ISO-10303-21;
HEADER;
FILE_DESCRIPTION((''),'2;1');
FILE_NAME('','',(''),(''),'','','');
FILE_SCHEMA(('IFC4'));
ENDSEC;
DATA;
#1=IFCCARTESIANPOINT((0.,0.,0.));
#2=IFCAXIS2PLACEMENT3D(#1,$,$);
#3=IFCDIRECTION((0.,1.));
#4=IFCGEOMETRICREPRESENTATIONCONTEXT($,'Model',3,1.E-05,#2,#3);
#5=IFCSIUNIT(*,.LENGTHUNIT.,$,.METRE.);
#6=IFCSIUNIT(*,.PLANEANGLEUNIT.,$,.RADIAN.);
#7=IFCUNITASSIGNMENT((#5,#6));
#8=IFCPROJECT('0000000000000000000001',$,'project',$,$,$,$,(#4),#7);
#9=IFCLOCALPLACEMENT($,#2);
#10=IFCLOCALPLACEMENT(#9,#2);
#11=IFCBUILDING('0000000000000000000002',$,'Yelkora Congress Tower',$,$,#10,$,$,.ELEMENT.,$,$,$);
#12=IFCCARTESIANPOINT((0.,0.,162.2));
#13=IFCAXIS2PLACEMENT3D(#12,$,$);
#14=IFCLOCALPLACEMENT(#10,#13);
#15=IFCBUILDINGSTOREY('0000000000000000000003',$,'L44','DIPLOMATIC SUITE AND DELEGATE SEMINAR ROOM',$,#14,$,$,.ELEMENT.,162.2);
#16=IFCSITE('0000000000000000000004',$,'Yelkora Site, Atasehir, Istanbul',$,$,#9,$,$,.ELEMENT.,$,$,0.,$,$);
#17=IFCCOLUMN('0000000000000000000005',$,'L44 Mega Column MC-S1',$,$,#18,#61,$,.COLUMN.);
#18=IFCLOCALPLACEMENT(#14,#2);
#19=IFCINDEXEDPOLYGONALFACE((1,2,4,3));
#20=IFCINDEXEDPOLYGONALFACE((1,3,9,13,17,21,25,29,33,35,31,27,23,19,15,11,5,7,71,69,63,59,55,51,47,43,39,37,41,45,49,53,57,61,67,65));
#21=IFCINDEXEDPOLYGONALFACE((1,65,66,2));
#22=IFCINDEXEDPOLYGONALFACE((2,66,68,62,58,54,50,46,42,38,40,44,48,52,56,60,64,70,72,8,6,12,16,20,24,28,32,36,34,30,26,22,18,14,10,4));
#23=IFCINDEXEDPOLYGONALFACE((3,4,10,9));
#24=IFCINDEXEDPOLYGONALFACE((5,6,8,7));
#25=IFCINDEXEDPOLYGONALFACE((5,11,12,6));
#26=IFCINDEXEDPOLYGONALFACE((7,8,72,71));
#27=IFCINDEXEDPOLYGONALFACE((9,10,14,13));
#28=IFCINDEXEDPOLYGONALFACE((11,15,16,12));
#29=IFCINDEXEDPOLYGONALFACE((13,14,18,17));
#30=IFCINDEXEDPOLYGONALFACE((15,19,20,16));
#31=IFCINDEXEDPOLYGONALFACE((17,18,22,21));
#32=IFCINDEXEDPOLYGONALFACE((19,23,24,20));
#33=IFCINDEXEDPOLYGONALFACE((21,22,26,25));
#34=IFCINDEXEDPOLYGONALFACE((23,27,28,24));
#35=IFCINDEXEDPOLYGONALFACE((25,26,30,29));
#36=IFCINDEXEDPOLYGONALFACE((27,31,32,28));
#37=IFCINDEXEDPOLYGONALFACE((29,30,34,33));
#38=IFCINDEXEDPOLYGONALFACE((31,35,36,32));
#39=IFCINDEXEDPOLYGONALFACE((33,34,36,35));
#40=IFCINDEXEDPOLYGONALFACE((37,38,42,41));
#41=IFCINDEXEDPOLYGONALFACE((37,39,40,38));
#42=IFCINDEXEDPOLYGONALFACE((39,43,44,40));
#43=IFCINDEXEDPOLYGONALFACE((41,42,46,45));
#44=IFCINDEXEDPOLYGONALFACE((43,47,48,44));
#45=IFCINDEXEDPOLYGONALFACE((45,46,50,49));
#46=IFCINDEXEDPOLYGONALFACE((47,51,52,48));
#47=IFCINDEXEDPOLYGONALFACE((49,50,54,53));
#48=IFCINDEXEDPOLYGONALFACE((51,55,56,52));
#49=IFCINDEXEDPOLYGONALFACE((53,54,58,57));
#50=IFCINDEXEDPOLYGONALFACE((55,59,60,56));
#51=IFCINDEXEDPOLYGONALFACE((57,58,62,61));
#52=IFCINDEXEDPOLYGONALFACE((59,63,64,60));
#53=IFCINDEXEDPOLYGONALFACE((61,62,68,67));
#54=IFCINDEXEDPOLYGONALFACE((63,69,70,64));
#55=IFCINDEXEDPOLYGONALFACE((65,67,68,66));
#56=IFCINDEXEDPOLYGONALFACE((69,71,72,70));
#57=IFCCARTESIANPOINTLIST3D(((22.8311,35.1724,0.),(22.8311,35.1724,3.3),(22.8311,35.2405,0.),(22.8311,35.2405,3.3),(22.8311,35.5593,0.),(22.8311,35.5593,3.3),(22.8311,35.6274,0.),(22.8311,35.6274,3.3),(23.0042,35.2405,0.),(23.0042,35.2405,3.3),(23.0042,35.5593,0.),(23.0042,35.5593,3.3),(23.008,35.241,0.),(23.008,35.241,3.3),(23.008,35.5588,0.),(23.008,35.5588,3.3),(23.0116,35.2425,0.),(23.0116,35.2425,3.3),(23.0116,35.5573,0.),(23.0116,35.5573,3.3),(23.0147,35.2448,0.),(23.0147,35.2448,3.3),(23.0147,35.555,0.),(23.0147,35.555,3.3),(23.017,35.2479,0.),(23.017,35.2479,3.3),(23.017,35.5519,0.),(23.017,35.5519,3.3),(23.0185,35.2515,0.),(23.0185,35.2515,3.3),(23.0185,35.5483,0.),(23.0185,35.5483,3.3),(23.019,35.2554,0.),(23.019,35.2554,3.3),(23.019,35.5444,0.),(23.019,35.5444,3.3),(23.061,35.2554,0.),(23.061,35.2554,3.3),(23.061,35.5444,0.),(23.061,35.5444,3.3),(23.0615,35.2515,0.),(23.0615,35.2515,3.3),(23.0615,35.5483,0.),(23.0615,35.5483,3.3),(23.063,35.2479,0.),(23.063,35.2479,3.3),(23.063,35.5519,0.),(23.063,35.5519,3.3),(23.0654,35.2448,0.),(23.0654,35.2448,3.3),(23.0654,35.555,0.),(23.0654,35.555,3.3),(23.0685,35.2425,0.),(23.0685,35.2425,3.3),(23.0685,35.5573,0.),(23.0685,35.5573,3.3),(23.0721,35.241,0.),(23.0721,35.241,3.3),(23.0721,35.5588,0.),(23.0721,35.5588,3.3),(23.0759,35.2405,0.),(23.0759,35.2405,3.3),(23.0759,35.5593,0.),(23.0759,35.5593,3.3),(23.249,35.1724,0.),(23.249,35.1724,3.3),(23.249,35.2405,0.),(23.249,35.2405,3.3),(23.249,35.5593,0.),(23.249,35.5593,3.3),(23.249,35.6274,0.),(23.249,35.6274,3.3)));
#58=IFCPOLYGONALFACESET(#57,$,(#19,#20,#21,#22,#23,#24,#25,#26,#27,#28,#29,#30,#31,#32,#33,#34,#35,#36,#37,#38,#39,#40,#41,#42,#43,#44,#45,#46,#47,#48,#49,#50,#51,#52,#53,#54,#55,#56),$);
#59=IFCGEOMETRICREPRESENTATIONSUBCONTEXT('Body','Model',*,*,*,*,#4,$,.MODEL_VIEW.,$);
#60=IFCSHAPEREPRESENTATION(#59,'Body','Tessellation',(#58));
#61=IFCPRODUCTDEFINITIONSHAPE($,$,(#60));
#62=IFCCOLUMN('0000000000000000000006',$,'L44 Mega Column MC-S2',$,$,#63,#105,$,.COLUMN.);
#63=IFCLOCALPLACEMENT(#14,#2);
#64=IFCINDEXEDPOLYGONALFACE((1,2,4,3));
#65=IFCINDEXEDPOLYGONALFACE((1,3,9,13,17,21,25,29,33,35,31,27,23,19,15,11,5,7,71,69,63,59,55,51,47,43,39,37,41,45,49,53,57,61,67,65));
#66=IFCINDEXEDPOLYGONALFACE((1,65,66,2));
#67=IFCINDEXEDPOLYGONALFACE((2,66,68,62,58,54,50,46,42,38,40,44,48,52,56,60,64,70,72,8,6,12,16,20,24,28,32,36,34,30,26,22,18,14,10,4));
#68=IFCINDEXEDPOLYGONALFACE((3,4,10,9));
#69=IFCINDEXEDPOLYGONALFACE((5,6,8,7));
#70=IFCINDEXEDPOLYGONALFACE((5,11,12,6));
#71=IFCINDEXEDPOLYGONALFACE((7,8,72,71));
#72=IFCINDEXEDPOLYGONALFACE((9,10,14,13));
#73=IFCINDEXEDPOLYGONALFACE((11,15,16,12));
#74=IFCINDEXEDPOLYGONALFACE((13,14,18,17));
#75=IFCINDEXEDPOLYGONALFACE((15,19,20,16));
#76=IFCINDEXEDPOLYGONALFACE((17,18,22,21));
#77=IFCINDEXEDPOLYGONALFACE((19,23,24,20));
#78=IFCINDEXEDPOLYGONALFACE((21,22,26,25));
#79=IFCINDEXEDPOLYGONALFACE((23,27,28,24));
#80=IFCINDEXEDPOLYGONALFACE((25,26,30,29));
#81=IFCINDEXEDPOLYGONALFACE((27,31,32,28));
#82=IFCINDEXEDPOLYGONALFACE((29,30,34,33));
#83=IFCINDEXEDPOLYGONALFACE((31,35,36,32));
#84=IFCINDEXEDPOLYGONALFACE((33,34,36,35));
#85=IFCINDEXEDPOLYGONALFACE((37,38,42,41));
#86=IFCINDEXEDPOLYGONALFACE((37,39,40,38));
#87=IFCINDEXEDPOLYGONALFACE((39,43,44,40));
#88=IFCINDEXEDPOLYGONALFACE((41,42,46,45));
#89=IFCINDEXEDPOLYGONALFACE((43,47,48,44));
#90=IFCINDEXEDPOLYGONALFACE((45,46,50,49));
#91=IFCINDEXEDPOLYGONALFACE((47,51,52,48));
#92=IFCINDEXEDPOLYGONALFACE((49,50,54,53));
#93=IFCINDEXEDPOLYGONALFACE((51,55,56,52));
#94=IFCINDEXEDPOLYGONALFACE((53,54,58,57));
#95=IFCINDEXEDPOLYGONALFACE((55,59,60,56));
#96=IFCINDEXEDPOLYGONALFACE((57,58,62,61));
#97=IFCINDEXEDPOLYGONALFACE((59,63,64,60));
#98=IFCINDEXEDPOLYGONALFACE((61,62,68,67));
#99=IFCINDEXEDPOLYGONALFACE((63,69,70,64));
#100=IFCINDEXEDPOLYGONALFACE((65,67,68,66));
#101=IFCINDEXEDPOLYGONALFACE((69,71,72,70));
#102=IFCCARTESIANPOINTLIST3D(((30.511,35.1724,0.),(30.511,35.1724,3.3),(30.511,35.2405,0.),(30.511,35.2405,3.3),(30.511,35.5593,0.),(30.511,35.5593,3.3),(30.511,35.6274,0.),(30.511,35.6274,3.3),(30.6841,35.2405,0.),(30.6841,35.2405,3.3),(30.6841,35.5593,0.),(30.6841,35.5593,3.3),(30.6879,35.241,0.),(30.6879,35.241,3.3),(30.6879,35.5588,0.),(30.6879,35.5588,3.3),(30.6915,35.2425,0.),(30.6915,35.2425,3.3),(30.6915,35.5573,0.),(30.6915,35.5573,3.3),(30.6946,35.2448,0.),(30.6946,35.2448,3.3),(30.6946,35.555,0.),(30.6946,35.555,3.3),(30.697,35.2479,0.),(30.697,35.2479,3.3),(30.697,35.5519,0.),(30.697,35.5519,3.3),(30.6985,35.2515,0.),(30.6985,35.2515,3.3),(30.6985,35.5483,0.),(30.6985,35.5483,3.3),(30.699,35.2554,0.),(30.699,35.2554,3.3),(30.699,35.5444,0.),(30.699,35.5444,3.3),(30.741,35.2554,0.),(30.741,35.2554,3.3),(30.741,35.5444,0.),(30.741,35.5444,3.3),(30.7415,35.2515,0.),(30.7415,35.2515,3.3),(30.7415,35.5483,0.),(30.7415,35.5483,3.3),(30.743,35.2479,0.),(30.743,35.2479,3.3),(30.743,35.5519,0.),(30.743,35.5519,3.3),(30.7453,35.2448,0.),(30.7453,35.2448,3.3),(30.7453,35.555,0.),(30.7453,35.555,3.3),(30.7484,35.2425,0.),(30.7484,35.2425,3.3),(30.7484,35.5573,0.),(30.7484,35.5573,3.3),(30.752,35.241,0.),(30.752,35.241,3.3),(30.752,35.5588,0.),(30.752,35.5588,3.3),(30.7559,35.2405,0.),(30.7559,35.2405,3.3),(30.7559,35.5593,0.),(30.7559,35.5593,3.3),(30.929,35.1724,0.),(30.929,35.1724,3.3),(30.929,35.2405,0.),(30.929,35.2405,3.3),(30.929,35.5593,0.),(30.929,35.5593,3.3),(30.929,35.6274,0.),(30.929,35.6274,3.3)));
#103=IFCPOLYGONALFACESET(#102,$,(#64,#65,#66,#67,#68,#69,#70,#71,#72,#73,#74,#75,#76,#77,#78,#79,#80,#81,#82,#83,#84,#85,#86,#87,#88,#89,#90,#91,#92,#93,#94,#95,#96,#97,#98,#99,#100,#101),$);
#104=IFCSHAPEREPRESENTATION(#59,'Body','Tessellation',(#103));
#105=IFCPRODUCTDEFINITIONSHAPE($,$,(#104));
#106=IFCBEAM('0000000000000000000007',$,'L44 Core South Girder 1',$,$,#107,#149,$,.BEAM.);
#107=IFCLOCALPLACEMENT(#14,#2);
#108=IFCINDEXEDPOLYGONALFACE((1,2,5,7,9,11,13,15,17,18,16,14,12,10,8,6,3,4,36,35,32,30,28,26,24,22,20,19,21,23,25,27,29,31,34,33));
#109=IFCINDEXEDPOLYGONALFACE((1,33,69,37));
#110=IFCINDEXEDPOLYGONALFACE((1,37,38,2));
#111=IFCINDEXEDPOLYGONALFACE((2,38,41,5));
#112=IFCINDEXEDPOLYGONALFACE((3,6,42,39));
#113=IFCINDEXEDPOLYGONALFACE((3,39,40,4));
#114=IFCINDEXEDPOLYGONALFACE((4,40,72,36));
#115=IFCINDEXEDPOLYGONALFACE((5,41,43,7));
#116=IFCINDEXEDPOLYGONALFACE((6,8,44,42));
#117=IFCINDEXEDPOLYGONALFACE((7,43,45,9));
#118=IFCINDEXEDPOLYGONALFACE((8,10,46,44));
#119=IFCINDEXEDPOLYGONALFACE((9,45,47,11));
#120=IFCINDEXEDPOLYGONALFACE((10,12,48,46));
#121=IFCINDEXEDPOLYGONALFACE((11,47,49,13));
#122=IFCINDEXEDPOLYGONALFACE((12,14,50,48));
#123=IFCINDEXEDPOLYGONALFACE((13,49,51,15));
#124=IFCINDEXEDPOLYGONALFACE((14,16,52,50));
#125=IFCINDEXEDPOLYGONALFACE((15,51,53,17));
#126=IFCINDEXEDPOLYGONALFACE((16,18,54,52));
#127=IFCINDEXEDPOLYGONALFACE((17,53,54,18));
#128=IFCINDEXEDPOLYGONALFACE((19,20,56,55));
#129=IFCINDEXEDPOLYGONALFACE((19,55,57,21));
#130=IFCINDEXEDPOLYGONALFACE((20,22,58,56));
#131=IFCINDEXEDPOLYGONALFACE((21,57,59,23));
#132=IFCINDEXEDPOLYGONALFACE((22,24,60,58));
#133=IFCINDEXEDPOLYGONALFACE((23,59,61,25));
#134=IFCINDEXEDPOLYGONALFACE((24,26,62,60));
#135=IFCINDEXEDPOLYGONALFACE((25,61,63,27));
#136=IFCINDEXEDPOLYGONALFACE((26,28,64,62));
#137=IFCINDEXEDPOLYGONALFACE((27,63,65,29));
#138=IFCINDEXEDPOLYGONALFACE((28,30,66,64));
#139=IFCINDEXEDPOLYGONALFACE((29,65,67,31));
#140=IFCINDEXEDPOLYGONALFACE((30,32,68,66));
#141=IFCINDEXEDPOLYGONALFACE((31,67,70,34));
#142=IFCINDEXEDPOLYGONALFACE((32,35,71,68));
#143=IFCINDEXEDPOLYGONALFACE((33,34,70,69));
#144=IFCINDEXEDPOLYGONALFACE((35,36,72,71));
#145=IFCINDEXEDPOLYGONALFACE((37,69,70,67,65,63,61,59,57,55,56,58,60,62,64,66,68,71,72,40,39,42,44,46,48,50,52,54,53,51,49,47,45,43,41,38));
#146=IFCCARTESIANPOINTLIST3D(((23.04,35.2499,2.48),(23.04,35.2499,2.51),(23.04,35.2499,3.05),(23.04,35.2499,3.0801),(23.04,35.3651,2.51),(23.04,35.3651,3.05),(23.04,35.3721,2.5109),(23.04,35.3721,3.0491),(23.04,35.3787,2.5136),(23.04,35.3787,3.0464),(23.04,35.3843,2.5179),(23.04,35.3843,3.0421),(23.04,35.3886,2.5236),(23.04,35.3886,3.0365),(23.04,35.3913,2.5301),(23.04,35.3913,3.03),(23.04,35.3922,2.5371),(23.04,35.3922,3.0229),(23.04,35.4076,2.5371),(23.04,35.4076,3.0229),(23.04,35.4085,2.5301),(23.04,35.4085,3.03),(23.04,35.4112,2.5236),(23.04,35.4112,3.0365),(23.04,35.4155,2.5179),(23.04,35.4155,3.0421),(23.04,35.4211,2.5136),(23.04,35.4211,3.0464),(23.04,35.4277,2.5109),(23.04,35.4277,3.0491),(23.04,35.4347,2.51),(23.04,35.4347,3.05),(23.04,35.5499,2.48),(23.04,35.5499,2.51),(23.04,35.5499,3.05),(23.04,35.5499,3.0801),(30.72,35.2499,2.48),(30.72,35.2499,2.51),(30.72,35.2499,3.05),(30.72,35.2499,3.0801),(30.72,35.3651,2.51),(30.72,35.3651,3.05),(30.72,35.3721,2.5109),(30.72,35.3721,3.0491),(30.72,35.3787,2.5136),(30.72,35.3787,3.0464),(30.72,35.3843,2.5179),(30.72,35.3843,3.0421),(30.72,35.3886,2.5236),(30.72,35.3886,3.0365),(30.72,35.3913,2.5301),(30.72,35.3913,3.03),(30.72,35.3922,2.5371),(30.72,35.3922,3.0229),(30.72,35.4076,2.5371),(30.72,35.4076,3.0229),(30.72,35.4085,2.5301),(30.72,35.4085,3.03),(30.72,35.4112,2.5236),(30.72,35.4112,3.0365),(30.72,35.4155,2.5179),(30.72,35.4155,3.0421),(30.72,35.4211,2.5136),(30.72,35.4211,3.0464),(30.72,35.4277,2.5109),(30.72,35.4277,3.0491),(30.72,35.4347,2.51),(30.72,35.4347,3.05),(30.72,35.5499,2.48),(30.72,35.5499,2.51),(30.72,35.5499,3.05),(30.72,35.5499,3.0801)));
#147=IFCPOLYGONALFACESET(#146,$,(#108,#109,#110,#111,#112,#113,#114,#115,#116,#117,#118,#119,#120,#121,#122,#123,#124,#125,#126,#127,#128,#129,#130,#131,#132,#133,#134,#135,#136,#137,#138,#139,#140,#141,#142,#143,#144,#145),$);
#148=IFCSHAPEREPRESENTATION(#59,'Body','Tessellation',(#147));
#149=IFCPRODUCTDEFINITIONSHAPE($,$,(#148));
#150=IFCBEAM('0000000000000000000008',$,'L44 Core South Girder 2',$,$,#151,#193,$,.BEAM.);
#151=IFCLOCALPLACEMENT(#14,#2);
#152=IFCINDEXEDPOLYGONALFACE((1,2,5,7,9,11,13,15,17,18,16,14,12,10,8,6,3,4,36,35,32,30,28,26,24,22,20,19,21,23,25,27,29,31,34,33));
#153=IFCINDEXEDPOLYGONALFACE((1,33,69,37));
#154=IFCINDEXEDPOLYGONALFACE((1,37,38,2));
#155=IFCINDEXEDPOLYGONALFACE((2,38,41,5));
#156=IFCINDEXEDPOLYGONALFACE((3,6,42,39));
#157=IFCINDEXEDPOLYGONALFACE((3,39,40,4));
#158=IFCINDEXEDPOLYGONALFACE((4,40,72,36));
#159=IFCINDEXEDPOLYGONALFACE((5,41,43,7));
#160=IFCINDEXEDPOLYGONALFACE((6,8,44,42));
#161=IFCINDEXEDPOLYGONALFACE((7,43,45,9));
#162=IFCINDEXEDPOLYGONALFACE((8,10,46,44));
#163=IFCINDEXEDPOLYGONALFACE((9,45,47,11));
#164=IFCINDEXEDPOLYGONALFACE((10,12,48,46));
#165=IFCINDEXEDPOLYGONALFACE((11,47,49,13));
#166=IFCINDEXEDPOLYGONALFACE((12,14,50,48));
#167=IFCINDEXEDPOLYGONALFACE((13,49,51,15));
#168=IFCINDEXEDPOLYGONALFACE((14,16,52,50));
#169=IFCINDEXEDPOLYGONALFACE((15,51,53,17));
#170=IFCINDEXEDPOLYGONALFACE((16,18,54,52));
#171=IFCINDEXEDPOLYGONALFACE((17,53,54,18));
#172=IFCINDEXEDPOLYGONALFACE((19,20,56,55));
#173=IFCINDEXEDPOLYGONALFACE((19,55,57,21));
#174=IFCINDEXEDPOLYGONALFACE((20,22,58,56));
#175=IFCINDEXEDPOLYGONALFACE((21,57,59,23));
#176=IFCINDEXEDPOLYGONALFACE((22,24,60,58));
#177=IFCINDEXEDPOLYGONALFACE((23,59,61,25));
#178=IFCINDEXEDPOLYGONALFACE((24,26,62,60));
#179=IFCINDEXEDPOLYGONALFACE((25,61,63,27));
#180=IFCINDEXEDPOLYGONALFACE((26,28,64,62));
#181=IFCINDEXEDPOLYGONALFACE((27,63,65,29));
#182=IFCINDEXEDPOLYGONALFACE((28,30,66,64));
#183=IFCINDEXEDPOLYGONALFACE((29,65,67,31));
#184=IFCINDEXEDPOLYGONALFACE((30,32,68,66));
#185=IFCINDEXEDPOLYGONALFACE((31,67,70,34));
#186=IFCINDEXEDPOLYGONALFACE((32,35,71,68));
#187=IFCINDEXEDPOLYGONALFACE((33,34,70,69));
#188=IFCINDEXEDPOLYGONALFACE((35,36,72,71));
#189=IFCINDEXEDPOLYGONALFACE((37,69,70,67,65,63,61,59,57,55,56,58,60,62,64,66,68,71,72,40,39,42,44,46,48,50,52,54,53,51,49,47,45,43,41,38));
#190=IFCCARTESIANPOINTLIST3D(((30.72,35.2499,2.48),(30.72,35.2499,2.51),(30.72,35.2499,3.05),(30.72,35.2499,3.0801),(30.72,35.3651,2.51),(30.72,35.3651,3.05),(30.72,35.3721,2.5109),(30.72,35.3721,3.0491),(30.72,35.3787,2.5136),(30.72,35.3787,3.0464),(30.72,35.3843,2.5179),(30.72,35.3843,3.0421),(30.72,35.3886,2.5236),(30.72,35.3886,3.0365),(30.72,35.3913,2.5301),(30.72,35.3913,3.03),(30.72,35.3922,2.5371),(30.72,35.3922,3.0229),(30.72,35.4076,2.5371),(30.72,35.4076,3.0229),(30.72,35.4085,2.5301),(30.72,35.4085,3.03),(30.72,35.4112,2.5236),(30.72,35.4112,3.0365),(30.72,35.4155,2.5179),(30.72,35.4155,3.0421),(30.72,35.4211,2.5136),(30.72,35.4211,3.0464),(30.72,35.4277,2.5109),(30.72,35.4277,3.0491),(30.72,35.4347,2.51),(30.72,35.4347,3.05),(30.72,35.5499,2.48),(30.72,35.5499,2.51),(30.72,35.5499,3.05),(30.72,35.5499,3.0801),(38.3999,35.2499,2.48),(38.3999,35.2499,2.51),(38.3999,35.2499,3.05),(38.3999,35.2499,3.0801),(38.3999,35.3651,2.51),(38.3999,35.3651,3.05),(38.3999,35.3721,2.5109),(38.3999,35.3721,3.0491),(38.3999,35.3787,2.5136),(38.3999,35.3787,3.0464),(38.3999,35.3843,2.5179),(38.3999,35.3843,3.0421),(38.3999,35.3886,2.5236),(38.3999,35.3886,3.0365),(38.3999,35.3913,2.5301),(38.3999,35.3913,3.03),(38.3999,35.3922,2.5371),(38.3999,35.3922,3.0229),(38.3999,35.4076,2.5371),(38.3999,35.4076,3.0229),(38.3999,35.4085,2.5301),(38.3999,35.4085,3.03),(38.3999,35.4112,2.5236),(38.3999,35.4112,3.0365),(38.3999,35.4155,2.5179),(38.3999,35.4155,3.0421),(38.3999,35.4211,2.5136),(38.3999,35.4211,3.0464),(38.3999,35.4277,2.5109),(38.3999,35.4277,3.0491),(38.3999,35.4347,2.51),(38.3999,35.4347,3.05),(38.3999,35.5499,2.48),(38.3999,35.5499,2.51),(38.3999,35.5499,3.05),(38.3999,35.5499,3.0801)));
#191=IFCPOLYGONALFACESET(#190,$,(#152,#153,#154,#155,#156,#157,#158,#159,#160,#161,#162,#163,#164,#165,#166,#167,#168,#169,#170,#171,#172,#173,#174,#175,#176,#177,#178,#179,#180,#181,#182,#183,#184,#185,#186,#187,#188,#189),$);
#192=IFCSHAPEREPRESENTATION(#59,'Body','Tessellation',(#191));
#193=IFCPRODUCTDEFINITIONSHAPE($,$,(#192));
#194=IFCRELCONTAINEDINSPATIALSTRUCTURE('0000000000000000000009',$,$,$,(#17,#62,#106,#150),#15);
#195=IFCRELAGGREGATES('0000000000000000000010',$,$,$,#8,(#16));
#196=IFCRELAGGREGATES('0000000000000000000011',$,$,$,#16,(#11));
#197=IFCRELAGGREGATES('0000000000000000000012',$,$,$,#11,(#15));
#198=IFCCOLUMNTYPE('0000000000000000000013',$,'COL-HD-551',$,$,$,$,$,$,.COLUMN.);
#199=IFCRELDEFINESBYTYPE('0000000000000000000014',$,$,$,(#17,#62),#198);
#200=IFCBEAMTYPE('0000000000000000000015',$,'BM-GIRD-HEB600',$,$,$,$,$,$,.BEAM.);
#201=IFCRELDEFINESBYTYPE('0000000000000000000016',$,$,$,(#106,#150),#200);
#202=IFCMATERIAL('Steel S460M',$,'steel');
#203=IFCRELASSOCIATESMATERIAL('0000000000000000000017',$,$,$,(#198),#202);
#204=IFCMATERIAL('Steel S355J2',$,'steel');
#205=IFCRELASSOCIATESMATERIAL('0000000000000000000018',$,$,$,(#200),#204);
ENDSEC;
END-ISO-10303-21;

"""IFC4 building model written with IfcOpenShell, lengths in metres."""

from ifc_helpers import new_model, si_unit, direction, frame, origin, origin_2d, place, context, subcontext, project, spatial, i_section, extrude, material, material_profile, profile_set, type_object, element, save


model = new_model("IFC4")

# Units and contexts
model_context = context("Model", 3, precision=1e-05, world=origin(), true_north=direction((0.0, 1.0)))
body_context = subcontext(model_context, "Body", "Model", "MODEL_VIEW")
ifc_project = project(units=[si_unit("LENGTHUNIT", "METRE"), si_unit("PLANEANGLEUNIT", "RADIAN")], contexts=[model_context])

# Site, building, storey
site_placement = place(None, origin())
site = spatial("IfcSite", under=ifc_project, at=site_placement, Name="Yelkora Site, Atasehir, Istanbul", CompositionType="ELEMENT", RefElevation=0.0)
building_placement = place(site_placement, origin())
building = spatial("IfcBuilding", under=site, at=building_placement, Name="Yelkora Congress Tower", CompositionType="ELEMENT")
storey_placement = place(building_placement, frame((0.0, 0.0, 162.2)))
storey = spatial("IfcBuildingStorey", under=building, at=storey_placement, Name="L44", Description="DIPLOMATIC SUITE AND DELEGATE SEMINAR ROOM", CompositionType="ELEMENT", Elevation=162.2)

# Columns
ifc_material_1 = material(Name="Steel S460M", Category="steel")
ifc_material_profile_1 = material_profile(ifc_material_1, i_section(OverallWidth=0.418, OverallDepth=0.4551, WebThickness=0.042, FlangeThickness=0.0681, FilletRadius=0.0149, at=origin_2d()), Name="HD 400x551")
ifc_profile_set_1 = profile_set([ifc_material_profile_1], Name="Steel S460M")
column_type = type_object("IfcColumnType", Name="COL-HD-551", PredefinedType="COLUMN", material=ifc_profile_set_1)
for number, where, z_axis, x_axis, name in (
    (1, (23.04, 35.3999, 0.0), (0.0, 0.0, 1.0), (1.0, 0.0, 0.0), "L44 Mega Column MC-S1"),
    (2, (30.72, 35.3999, 0.0), (0.0, 0.0, 1.0), (1.0, 0.0, 0.0), "L44 Mega Column MC-S2"),
):
    element("IfcColumn", number, at=place(storey_placement, frame(where, z_axis=z_axis, x_axis=x_axis)), inside=storey, type_object=column_type, Name=name, PredefinedType="COLUMN", context=body_context, shape_type="SweptSolid", body=[
        extrude(i_section(OverallWidth=0.418, OverallDepth=0.4551, WebThickness=0.042, FlangeThickness=0.0681, FilletRadius=0.0149, at=origin_2d()), origin(), (0.0, 0.0, 1.0), 3.3),
    ])

# Beams
ifc_material_2 = material(Name="Steel S355J2", Category="steel")
ifc_material_profile_2 = material_profile(ifc_material_2, i_section(OverallWidth=0.3, OverallDepth=0.6001, WebThickness=0.0154, FlangeThickness=0.03, FilletRadius=0.0271, at=origin_2d()), Name="HEB 600")
ifc_profile_set_2 = profile_set([ifc_material_profile_2], Name="Steel S355J2")
beam_type_1 = type_object("IfcBeamType", Name="BM-GIRD-HEB600", PredefinedType="BEAM", material=ifc_profile_set_2)
for number, where, z_axis, x_axis, name in (
    (3, (23.04, 35.3999, 2.78), (1.0, 0.0, 0.0), (0.0, 1.0, 0.0), "L44 Core South Girder 1"),
    (4, (30.72, 35.3999, 2.78), (1.0, 0.0, 0.0), (0.0, 1.0, 0.0), "L44 Core South Girder 2"),
):
    element("IfcBeam", number, at=place(storey_placement, frame(where, z_axis=z_axis, x_axis=x_axis)), inside=storey, type_object=beam_type_1, Name=name, PredefinedType="BEAM", context=body_context, shape_type="SweptSolid", body=[
        extrude(i_section(OverallWidth=0.3, OverallDepth=0.6001, WebThickness=0.0154, FlangeThickness=0.03, FilletRadius=0.0271, at=origin_2d()), origin(), (0.0, 0.0, 1.0), 7.6799),
    ])

save(model, "model.ifc")
